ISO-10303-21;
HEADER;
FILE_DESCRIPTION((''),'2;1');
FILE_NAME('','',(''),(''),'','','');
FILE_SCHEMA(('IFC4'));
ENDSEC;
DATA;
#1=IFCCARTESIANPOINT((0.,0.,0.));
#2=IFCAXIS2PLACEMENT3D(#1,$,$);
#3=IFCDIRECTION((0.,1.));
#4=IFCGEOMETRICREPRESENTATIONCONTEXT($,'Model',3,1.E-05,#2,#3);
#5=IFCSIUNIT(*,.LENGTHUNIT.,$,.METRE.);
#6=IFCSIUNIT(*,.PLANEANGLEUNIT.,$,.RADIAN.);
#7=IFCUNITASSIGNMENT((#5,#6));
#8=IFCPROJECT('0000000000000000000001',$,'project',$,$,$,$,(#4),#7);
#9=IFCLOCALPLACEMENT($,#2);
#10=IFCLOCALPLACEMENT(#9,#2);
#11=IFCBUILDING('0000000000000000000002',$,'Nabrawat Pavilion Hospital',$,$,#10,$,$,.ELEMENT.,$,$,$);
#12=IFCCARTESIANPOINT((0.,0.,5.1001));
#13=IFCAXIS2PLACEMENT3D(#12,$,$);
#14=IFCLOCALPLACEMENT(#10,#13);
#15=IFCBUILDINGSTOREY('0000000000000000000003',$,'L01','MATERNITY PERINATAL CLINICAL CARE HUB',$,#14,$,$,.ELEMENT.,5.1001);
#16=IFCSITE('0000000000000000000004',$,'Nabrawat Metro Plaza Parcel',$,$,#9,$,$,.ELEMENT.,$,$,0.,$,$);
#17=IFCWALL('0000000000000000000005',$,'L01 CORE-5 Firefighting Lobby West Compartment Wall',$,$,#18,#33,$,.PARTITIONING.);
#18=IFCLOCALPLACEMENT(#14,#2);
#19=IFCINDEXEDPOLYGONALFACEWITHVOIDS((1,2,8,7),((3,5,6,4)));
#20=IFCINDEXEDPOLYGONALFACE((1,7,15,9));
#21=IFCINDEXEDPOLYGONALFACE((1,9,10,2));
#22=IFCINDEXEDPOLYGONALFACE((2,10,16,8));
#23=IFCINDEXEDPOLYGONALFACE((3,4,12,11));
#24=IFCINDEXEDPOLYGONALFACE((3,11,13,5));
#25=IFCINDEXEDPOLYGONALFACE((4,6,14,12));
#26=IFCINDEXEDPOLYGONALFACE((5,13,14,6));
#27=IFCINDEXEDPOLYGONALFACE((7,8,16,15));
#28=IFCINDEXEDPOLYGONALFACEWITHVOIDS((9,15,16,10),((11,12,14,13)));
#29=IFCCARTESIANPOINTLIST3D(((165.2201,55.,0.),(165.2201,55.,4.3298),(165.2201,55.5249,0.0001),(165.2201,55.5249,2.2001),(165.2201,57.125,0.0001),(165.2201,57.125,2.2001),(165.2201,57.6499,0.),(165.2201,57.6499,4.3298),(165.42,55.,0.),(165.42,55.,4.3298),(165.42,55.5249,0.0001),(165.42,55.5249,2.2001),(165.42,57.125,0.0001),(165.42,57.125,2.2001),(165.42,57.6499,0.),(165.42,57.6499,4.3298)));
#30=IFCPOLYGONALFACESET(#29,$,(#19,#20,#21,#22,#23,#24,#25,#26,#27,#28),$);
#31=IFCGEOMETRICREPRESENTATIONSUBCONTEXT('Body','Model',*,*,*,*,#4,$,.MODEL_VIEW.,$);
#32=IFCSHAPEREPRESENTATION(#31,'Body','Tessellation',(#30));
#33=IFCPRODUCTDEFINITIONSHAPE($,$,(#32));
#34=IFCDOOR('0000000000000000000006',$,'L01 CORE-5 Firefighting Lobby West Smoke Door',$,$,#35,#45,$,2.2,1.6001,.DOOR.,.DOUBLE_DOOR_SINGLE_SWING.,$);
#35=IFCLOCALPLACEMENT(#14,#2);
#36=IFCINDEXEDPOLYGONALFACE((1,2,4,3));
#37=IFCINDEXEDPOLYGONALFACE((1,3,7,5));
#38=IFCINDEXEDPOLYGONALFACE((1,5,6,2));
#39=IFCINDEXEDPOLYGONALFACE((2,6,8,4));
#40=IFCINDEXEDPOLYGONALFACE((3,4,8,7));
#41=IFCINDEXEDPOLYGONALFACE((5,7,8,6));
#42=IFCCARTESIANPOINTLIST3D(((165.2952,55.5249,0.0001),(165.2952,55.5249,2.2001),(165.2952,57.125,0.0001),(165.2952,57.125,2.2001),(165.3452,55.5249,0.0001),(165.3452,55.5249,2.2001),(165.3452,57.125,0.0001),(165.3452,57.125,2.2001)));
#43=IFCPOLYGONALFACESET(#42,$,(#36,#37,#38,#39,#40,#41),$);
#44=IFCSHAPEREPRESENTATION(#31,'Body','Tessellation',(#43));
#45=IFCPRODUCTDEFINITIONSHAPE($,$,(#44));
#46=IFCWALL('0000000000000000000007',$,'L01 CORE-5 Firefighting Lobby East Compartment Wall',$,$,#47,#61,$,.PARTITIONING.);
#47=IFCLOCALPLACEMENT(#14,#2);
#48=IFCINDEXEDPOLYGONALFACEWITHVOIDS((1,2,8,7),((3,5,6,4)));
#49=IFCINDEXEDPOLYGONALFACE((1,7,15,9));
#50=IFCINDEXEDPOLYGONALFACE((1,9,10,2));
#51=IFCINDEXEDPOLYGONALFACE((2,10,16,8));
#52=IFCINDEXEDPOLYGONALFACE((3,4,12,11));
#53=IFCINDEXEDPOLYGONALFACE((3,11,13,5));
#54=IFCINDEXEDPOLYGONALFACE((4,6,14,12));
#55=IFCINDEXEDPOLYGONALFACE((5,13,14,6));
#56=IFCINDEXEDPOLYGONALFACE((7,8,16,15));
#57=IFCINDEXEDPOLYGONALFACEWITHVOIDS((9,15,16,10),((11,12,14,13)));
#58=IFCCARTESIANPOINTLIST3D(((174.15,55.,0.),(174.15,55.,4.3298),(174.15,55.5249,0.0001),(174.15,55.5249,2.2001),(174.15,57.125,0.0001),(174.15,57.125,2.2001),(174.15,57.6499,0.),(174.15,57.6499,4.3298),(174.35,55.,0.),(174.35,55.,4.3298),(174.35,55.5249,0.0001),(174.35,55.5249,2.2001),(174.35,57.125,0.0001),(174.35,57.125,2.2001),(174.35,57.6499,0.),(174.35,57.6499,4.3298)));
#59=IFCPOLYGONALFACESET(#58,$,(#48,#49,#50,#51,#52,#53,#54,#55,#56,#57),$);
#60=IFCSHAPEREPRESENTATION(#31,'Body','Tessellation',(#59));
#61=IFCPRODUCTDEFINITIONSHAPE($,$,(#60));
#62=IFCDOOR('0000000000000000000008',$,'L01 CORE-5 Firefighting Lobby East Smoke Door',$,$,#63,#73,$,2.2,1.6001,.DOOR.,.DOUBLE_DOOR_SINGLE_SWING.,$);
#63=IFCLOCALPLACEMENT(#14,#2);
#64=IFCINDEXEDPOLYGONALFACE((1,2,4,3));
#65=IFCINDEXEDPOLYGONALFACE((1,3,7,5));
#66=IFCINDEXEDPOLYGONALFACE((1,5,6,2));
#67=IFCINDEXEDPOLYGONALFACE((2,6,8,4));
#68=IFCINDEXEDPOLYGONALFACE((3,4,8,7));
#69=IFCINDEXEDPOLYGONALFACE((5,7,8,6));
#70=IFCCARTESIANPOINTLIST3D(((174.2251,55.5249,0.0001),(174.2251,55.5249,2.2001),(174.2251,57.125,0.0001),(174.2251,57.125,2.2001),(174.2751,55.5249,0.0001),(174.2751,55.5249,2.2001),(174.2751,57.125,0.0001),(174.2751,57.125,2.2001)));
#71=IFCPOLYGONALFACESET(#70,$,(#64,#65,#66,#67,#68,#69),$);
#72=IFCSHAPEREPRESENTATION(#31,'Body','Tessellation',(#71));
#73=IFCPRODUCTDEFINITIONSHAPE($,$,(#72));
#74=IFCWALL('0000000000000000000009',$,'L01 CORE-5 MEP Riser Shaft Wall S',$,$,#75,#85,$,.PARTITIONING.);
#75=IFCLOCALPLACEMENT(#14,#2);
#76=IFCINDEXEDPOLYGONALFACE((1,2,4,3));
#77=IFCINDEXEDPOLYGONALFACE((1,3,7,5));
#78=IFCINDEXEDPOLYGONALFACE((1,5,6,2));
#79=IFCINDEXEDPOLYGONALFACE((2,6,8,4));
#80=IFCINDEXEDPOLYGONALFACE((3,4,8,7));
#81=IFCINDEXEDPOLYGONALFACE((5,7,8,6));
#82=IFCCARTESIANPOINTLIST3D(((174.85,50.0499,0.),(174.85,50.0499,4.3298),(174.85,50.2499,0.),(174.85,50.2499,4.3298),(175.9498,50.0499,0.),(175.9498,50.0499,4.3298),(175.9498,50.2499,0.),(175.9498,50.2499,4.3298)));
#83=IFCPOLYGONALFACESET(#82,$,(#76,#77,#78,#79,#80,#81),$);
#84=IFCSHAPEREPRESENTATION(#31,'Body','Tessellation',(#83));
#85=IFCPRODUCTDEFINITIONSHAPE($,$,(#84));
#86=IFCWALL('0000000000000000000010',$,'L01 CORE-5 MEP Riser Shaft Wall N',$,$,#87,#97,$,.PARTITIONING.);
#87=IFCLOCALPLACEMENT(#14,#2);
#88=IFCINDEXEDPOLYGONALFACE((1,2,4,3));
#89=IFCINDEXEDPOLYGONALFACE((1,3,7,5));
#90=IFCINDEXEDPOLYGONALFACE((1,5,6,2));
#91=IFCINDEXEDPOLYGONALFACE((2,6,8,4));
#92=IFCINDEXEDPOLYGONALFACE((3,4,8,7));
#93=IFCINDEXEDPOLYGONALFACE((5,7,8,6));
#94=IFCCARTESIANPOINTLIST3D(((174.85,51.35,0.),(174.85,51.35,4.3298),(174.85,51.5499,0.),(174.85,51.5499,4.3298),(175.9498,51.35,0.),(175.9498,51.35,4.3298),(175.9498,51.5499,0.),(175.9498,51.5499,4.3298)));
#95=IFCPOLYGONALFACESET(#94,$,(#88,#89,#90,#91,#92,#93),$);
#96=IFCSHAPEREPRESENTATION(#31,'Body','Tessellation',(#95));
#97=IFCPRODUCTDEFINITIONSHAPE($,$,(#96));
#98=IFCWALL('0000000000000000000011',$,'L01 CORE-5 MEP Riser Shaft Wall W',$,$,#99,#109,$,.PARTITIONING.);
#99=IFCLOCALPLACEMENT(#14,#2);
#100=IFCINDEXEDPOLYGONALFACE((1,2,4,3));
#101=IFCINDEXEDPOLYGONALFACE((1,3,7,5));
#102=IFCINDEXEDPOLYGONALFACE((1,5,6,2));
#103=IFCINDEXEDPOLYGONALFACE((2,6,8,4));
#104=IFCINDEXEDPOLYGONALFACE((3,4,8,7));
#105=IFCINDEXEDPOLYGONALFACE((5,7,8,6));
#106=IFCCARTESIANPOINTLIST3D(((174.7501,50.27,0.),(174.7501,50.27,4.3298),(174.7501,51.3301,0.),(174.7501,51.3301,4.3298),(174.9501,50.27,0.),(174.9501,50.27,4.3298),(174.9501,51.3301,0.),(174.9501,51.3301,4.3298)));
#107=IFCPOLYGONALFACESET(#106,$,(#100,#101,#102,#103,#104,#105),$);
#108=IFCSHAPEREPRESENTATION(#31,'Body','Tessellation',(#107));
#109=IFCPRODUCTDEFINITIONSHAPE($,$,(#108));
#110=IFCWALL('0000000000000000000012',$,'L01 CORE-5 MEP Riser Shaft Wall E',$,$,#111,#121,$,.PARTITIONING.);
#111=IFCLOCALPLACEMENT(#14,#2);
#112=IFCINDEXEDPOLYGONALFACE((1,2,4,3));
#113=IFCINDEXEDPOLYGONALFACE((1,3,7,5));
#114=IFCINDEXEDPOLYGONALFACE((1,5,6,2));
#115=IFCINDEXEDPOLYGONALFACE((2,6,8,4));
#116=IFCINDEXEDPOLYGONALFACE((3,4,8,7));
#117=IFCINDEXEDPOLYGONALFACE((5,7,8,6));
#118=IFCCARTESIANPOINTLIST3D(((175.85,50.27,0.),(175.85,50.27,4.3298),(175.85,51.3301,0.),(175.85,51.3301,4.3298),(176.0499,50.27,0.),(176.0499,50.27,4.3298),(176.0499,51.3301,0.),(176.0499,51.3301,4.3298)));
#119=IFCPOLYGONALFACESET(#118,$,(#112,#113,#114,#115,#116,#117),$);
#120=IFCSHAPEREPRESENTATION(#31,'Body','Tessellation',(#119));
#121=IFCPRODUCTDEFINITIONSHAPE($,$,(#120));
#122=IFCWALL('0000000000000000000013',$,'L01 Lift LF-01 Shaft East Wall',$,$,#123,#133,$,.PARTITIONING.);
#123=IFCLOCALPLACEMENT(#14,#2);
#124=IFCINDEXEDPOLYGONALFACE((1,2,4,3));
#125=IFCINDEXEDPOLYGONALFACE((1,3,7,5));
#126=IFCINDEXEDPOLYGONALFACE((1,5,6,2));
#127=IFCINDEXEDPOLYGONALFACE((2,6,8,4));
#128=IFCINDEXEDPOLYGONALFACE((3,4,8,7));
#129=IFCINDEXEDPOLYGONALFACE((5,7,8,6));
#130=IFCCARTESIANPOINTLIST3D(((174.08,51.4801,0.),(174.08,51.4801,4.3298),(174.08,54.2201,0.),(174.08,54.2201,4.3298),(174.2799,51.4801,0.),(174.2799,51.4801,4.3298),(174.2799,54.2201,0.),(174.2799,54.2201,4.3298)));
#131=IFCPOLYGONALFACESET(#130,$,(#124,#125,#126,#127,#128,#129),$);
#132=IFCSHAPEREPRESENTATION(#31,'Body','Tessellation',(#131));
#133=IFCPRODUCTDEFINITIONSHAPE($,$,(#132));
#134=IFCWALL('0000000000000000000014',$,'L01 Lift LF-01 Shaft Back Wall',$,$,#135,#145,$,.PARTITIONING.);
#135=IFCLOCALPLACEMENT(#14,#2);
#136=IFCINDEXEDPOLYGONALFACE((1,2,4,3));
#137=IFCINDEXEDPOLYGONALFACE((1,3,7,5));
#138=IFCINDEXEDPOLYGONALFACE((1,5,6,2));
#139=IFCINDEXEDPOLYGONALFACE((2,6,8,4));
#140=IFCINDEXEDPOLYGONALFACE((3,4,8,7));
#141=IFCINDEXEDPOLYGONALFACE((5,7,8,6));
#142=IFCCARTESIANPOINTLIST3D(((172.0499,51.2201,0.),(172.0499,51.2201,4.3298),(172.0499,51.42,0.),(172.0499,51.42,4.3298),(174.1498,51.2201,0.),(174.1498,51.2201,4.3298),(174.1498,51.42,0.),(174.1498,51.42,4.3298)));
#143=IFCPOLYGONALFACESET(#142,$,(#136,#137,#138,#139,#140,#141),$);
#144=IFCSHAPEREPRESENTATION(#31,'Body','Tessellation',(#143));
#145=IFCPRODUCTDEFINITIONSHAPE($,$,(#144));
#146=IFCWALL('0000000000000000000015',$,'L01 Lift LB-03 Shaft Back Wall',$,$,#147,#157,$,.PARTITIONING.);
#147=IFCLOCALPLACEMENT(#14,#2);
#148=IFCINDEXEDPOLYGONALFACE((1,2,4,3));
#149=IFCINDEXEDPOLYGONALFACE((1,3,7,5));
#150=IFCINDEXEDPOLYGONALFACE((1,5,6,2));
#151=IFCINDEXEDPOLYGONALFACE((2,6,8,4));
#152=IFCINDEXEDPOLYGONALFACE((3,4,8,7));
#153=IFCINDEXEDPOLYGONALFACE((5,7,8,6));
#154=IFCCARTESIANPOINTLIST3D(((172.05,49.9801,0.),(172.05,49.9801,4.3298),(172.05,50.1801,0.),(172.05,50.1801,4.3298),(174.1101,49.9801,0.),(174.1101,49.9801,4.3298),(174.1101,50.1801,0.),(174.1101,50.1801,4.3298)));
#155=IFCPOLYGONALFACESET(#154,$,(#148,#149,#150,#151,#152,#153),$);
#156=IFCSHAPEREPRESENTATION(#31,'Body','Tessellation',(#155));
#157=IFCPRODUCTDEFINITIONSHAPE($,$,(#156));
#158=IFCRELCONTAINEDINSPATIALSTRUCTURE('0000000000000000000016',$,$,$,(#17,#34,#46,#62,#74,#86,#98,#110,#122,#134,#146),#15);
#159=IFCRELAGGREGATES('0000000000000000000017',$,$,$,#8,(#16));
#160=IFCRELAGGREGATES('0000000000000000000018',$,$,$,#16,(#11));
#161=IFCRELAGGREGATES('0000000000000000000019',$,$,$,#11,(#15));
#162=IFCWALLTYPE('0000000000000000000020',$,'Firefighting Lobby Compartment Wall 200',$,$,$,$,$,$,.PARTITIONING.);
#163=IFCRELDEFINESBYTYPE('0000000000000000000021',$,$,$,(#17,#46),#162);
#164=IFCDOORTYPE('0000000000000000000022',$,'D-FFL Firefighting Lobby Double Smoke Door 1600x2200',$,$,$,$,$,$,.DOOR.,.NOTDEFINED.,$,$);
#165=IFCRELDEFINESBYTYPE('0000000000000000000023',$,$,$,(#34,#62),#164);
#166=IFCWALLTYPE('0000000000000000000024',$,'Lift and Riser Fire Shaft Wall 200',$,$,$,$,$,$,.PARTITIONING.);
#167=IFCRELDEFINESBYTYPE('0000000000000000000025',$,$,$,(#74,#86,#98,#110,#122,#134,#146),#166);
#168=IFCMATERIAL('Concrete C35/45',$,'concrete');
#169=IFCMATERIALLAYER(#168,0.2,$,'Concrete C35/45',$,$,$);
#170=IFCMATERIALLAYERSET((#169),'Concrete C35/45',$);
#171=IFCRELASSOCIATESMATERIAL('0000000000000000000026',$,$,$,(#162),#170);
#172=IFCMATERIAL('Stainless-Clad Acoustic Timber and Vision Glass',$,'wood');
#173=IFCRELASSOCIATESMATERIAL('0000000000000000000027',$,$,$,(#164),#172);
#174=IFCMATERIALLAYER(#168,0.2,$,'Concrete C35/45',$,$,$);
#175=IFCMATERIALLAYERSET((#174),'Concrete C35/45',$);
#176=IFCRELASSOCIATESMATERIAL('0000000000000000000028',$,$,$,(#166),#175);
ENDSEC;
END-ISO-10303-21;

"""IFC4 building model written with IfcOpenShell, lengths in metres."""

from ifc_helpers import new_model, si_unit, direction, frame, frame_2d, origin, place, context, subcontext, project, spatial, rectangle, extrude, material, layer, layer_set, type_object, element, fill, save


model = new_model("IFC4")

# Units and contexts
model_context = context("Model", 3, precision=1e-05, world=origin(), true_north=direction((0.0, 1.0)))
body_context = subcontext(model_context, "Body", "Model", "MODEL_VIEW")
ifc_project = project(units=[si_unit("LENGTHUNIT", "METRE"), si_unit("PLANEANGLEUNIT", "RADIAN")], contexts=[model_context])

# Site, building, storey
site_placement = place(None, origin())
site = spatial("IfcSite", under=ifc_project, at=site_placement, Name="Nabrawat Metro Plaza Parcel", CompositionType="ELEMENT", RefElevation=0.0)
building_placement = place(site_placement, origin())
building = spatial("IfcBuilding", under=site, at=building_placement, Name="Nabrawat Pavilion Hospital", CompositionType="ELEMENT")
storey_placement = place(building_placement, frame((0.0, 0.0, 5.1001)))
storey = spatial("IfcBuildingStorey", under=building, at=storey_placement, Name="L01", Description="MATERNITY PERINATAL CLINICAL CARE HUB", CompositionType="ELEMENT", Elevation=5.1001)

# Shared definitions
ifc_material_1 = material(Name="Concrete C35/45", Category="concrete")
ifc_layer_1 = layer(ifc_material_1, 0.2, Name="Concrete C35/45")
ifc_layer_set_1 = layer_set([ifc_layer_1], Name="Concrete C35/45")
wall_type_1 = type_object("IfcWallType", Name="Firefighting Lobby Compartment Wall 200", PredefinedType="PARTITIONING", material=ifc_layer_set_1)

# Walls, openings, doors
wall_1_placement = place(storey_placement, frame((165.3201, 55.0, 0.0), z_axis=(0.0, 0.0, 1.0), x_axis=(0.0, 1.0, 0.0)))
wall_1 = element("IfcWall", 1, at=wall_1_placement, inside=storey, type_object=wall_type_1, Name="L01 CORE-5 Firefighting Lobby West Compartment Wall", PredefinedType="PARTITIONING", context=body_context, shape_type="SweptSolid", body=[
    extrude(rectangle(XDim=2.6499, YDim=0.2, at=frame_2d((1.325, 0.0))), origin(), (0.0, 0.0, 1.0), 4.3298),
])
opening_1_placement = place(wall_1_placement, frame((0.5249, 0.0, 0.0)))
opening_1 = element("IfcOpeningElement", 2, at=opening_1_placement, cuts=wall_1, PredefinedType="OPENING", context=body_context, shape_type="SweptSolid", body=[
    extrude(rectangle(XDim=1.6001, YDim=2.2, at=frame_2d((0.8, 1.1001))), frame((0.0, 0.1099, 0.0), z_axis=(0.0, -1.0, 0.0), x_axis=(1.0, 0.0, 0.0)), (0.0, 0.0, 1.0), 0.22),
])
ifc_material_2 = material(Name="Stainless-Clad Acoustic Timber and Vision Glass", Category="wood")
door_type_1 = type_object("IfcDoorType", Name="D-FFL Firefighting Lobby Double Smoke Door 1600x2200", OperationType="NOTDEFINED", PredefinedType="DOOR", material=ifc_material_2)
door_1_placement = place(opening_1_placement, origin())
door_1 = element("IfcDoor", 3, at=door_1_placement, inside=storey, type_object=door_type_1, Name="L01 CORE-5 Firefighting Lobby West Smoke Door", OperationType="DOUBLE_DOOR_SINGLE_SWING", OverallHeight=2.2, OverallWidth=1.6001, PredefinedType="DOOR", context=body_context, shape_type="SweptSolid", body=[
    extrude(rectangle(XDim=1.6001, YDim=2.2, at=frame_2d((0.8, 1.1001))), frame((0.0, 0.0249, 0.0), z_axis=(0.0, -1.0, 0.0), x_axis=(1.0, 0.0, 0.0)), (0.0, 0.0, 1.0), 0.05),
])
fill(opening_1, door_1)
wall_2_placement = place(storey_placement, frame((174.25, 55.0, 0.0), z_axis=(0.0, 0.0, 1.0), x_axis=(0.0, 1.0, 0.0)))
wall_2 = element("IfcWall", 4, at=wall_2_placement, inside=storey, type_object=wall_type_1, Name="L01 CORE-5 Firefighting Lobby East Compartment Wall", PredefinedType="PARTITIONING", context=body_context, shape_type="SweptSolid", body=[
    extrude(rectangle(XDim=2.6499, YDim=0.2, at=frame_2d((1.325, 0.0))), origin(), (0.0, 0.0, 1.0), 4.3298),
])
opening_2_placement = place(wall_2_placement, frame((0.5249, 0.0, 0.0)))
opening_2 = element("IfcOpeningElement", 5, at=opening_2_placement, cuts=wall_2, PredefinedType="OPENING", context=body_context, shape_type="SweptSolid", body=[
    extrude(rectangle(XDim=1.6001, YDim=2.2, at=frame_2d((0.8, 1.1001))), frame((0.0, 0.1099, 0.0), z_axis=(0.0, -1.0, 0.0), x_axis=(1.0, 0.0, 0.0)), (0.0, 0.0, 1.0), 0.22),
])
door_2_placement = place(opening_2_placement, origin())
door_2 = element("IfcDoor", 6, at=door_2_placement, inside=storey, type_object=door_type_1, Name="L01 CORE-5 Firefighting Lobby East Smoke Door", OperationType="DOUBLE_DOOR_SINGLE_SWING", OverallHeight=2.2, OverallWidth=1.6001, PredefinedType="DOOR", context=body_context, shape_type="SweptSolid", body=[
    extrude(rectangle(XDim=1.6001, YDim=2.2, at=frame_2d((0.8, 1.1001))), frame((0.0, 0.0249, 0.0), z_axis=(0.0, -1.0, 0.0), x_axis=(1.0, 0.0, 0.0)), (0.0, 0.0, 1.0), 0.05),
])
fill(opening_2, door_2)

# Walls
ifc_layer_2 = layer(ifc_material_1, 0.2, Name="Concrete C35/45")
ifc_layer_set_2 = layer_set([ifc_layer_2], Name="Concrete C35/45")
wall_type_2 = type_object("IfcWallType", Name="Lift and Riser Fire Shaft Wall 200", PredefinedType="PARTITIONING", material=ifc_layer_set_2)
for number, where, z_axis, x_axis, name in (
    (7, (174.8501, 50.1499, 0.0), (0.0, 0.0, 1.0), (1.0, 0.0, 0.0), "L01 CORE-5 MEP Riser Shaft Wall S"),
    (8, (174.8501, 51.45, 0.0), (0.0, 0.0, 1.0), (1.0, 0.0, 0.0), "L01 CORE-5 MEP Riser Shaft Wall N"),
):
    element("IfcWall", number, at=place(storey_placement, frame(where, z_axis=z_axis, x_axis=x_axis)), inside=storey, type_object=wall_type_2, Name=name, PredefinedType="PARTITIONING", context=body_context, shape_type="SweptSolid", body=[
        extrude(rectangle(XDim=1.0999, YDim=0.2, at=frame_2d((0.5498, 0.0))), origin(), (0.0, 0.0, 1.0), 4.3298),
    ])
for number, where, z_axis, x_axis, name in (
    (9, (174.8501, 50.27, 0.0), (0.0, 0.0, 1.0), (0.0, 1.0, 0.0), "L01 CORE-5 MEP Riser Shaft Wall W"),
    (10, (175.95, 50.27, 0.0), (0.0, 0.0, 1.0), (0.0, 1.0, 0.0), "L01 CORE-5 MEP Riser Shaft Wall E"),
):
    element("IfcWall", number, at=place(storey_placement, frame(where, z_axis=z_axis, x_axis=x_axis)), inside=storey, type_object=wall_type_2, Name=name, PredefinedType="PARTITIONING", context=body_context, shape_type="SweptSolid", body=[
        extrude(rectangle(XDim=1.0601, YDim=0.2, at=frame_2d((0.53, 0.0))), origin(), (0.0, 0.0, 1.0), 4.3298),
    ])
wall_3_placement = place(storey_placement, frame((174.1799, 51.48, 0.0), z_axis=(0.0, 0.0, 1.0), x_axis=(0.0, 1.0, 0.0)))
element("IfcWall", 11, at=wall_3_placement, inside=storey, type_object=wall_type_2, Name="L01 Lift LF-01 Shaft East Wall", PredefinedType="PARTITIONING", context=body_context, shape_type="SweptSolid", body=[
    extrude(rectangle(XDim=2.74, YDim=0.2, at=frame_2d((1.3701, 0.0))), origin(), (0.0, 0.0, 1.0), 4.3298),
])
wall_4_placement = place(storey_placement, frame((172.05, 51.3201, 0.0), z_axis=(0.0, 0.0, 1.0), x_axis=(1.0, 0.0, 0.0)))
element("IfcWall", 12, at=wall_4_placement, inside=storey, type_object=wall_type_2, Name="L01 Lift LF-01 Shaft Back Wall", PredefinedType="PARTITIONING", context=body_context, shape_type="SweptSolid", body=[
    extrude(rectangle(XDim=2.0999, YDim=0.2, at=frame_2d((1.0498, 0.0))), origin(), (0.0, 0.0, 1.0), 4.3298),
])
wall_5_placement = place(storey_placement, frame((172.05, 50.0801, 0.0), z_axis=(0.0, 0.0, 1.0), x_axis=(1.0, 0.0, 0.0)))
element("IfcWall", 13, at=wall_5_placement, inside=storey, type_object=wall_type_2, Name="L01 Lift LB-03 Shaft Back Wall", PredefinedType="PARTITIONING", context=body_context, shape_type="SweptSolid", body=[
    extrude(rectangle(XDim=2.0601, YDim=0.2, at=frame_2d((1.03, 0.0))), origin(), (0.0, 0.0, 1.0), 4.3298),
])

save(model, "model.ifc")
